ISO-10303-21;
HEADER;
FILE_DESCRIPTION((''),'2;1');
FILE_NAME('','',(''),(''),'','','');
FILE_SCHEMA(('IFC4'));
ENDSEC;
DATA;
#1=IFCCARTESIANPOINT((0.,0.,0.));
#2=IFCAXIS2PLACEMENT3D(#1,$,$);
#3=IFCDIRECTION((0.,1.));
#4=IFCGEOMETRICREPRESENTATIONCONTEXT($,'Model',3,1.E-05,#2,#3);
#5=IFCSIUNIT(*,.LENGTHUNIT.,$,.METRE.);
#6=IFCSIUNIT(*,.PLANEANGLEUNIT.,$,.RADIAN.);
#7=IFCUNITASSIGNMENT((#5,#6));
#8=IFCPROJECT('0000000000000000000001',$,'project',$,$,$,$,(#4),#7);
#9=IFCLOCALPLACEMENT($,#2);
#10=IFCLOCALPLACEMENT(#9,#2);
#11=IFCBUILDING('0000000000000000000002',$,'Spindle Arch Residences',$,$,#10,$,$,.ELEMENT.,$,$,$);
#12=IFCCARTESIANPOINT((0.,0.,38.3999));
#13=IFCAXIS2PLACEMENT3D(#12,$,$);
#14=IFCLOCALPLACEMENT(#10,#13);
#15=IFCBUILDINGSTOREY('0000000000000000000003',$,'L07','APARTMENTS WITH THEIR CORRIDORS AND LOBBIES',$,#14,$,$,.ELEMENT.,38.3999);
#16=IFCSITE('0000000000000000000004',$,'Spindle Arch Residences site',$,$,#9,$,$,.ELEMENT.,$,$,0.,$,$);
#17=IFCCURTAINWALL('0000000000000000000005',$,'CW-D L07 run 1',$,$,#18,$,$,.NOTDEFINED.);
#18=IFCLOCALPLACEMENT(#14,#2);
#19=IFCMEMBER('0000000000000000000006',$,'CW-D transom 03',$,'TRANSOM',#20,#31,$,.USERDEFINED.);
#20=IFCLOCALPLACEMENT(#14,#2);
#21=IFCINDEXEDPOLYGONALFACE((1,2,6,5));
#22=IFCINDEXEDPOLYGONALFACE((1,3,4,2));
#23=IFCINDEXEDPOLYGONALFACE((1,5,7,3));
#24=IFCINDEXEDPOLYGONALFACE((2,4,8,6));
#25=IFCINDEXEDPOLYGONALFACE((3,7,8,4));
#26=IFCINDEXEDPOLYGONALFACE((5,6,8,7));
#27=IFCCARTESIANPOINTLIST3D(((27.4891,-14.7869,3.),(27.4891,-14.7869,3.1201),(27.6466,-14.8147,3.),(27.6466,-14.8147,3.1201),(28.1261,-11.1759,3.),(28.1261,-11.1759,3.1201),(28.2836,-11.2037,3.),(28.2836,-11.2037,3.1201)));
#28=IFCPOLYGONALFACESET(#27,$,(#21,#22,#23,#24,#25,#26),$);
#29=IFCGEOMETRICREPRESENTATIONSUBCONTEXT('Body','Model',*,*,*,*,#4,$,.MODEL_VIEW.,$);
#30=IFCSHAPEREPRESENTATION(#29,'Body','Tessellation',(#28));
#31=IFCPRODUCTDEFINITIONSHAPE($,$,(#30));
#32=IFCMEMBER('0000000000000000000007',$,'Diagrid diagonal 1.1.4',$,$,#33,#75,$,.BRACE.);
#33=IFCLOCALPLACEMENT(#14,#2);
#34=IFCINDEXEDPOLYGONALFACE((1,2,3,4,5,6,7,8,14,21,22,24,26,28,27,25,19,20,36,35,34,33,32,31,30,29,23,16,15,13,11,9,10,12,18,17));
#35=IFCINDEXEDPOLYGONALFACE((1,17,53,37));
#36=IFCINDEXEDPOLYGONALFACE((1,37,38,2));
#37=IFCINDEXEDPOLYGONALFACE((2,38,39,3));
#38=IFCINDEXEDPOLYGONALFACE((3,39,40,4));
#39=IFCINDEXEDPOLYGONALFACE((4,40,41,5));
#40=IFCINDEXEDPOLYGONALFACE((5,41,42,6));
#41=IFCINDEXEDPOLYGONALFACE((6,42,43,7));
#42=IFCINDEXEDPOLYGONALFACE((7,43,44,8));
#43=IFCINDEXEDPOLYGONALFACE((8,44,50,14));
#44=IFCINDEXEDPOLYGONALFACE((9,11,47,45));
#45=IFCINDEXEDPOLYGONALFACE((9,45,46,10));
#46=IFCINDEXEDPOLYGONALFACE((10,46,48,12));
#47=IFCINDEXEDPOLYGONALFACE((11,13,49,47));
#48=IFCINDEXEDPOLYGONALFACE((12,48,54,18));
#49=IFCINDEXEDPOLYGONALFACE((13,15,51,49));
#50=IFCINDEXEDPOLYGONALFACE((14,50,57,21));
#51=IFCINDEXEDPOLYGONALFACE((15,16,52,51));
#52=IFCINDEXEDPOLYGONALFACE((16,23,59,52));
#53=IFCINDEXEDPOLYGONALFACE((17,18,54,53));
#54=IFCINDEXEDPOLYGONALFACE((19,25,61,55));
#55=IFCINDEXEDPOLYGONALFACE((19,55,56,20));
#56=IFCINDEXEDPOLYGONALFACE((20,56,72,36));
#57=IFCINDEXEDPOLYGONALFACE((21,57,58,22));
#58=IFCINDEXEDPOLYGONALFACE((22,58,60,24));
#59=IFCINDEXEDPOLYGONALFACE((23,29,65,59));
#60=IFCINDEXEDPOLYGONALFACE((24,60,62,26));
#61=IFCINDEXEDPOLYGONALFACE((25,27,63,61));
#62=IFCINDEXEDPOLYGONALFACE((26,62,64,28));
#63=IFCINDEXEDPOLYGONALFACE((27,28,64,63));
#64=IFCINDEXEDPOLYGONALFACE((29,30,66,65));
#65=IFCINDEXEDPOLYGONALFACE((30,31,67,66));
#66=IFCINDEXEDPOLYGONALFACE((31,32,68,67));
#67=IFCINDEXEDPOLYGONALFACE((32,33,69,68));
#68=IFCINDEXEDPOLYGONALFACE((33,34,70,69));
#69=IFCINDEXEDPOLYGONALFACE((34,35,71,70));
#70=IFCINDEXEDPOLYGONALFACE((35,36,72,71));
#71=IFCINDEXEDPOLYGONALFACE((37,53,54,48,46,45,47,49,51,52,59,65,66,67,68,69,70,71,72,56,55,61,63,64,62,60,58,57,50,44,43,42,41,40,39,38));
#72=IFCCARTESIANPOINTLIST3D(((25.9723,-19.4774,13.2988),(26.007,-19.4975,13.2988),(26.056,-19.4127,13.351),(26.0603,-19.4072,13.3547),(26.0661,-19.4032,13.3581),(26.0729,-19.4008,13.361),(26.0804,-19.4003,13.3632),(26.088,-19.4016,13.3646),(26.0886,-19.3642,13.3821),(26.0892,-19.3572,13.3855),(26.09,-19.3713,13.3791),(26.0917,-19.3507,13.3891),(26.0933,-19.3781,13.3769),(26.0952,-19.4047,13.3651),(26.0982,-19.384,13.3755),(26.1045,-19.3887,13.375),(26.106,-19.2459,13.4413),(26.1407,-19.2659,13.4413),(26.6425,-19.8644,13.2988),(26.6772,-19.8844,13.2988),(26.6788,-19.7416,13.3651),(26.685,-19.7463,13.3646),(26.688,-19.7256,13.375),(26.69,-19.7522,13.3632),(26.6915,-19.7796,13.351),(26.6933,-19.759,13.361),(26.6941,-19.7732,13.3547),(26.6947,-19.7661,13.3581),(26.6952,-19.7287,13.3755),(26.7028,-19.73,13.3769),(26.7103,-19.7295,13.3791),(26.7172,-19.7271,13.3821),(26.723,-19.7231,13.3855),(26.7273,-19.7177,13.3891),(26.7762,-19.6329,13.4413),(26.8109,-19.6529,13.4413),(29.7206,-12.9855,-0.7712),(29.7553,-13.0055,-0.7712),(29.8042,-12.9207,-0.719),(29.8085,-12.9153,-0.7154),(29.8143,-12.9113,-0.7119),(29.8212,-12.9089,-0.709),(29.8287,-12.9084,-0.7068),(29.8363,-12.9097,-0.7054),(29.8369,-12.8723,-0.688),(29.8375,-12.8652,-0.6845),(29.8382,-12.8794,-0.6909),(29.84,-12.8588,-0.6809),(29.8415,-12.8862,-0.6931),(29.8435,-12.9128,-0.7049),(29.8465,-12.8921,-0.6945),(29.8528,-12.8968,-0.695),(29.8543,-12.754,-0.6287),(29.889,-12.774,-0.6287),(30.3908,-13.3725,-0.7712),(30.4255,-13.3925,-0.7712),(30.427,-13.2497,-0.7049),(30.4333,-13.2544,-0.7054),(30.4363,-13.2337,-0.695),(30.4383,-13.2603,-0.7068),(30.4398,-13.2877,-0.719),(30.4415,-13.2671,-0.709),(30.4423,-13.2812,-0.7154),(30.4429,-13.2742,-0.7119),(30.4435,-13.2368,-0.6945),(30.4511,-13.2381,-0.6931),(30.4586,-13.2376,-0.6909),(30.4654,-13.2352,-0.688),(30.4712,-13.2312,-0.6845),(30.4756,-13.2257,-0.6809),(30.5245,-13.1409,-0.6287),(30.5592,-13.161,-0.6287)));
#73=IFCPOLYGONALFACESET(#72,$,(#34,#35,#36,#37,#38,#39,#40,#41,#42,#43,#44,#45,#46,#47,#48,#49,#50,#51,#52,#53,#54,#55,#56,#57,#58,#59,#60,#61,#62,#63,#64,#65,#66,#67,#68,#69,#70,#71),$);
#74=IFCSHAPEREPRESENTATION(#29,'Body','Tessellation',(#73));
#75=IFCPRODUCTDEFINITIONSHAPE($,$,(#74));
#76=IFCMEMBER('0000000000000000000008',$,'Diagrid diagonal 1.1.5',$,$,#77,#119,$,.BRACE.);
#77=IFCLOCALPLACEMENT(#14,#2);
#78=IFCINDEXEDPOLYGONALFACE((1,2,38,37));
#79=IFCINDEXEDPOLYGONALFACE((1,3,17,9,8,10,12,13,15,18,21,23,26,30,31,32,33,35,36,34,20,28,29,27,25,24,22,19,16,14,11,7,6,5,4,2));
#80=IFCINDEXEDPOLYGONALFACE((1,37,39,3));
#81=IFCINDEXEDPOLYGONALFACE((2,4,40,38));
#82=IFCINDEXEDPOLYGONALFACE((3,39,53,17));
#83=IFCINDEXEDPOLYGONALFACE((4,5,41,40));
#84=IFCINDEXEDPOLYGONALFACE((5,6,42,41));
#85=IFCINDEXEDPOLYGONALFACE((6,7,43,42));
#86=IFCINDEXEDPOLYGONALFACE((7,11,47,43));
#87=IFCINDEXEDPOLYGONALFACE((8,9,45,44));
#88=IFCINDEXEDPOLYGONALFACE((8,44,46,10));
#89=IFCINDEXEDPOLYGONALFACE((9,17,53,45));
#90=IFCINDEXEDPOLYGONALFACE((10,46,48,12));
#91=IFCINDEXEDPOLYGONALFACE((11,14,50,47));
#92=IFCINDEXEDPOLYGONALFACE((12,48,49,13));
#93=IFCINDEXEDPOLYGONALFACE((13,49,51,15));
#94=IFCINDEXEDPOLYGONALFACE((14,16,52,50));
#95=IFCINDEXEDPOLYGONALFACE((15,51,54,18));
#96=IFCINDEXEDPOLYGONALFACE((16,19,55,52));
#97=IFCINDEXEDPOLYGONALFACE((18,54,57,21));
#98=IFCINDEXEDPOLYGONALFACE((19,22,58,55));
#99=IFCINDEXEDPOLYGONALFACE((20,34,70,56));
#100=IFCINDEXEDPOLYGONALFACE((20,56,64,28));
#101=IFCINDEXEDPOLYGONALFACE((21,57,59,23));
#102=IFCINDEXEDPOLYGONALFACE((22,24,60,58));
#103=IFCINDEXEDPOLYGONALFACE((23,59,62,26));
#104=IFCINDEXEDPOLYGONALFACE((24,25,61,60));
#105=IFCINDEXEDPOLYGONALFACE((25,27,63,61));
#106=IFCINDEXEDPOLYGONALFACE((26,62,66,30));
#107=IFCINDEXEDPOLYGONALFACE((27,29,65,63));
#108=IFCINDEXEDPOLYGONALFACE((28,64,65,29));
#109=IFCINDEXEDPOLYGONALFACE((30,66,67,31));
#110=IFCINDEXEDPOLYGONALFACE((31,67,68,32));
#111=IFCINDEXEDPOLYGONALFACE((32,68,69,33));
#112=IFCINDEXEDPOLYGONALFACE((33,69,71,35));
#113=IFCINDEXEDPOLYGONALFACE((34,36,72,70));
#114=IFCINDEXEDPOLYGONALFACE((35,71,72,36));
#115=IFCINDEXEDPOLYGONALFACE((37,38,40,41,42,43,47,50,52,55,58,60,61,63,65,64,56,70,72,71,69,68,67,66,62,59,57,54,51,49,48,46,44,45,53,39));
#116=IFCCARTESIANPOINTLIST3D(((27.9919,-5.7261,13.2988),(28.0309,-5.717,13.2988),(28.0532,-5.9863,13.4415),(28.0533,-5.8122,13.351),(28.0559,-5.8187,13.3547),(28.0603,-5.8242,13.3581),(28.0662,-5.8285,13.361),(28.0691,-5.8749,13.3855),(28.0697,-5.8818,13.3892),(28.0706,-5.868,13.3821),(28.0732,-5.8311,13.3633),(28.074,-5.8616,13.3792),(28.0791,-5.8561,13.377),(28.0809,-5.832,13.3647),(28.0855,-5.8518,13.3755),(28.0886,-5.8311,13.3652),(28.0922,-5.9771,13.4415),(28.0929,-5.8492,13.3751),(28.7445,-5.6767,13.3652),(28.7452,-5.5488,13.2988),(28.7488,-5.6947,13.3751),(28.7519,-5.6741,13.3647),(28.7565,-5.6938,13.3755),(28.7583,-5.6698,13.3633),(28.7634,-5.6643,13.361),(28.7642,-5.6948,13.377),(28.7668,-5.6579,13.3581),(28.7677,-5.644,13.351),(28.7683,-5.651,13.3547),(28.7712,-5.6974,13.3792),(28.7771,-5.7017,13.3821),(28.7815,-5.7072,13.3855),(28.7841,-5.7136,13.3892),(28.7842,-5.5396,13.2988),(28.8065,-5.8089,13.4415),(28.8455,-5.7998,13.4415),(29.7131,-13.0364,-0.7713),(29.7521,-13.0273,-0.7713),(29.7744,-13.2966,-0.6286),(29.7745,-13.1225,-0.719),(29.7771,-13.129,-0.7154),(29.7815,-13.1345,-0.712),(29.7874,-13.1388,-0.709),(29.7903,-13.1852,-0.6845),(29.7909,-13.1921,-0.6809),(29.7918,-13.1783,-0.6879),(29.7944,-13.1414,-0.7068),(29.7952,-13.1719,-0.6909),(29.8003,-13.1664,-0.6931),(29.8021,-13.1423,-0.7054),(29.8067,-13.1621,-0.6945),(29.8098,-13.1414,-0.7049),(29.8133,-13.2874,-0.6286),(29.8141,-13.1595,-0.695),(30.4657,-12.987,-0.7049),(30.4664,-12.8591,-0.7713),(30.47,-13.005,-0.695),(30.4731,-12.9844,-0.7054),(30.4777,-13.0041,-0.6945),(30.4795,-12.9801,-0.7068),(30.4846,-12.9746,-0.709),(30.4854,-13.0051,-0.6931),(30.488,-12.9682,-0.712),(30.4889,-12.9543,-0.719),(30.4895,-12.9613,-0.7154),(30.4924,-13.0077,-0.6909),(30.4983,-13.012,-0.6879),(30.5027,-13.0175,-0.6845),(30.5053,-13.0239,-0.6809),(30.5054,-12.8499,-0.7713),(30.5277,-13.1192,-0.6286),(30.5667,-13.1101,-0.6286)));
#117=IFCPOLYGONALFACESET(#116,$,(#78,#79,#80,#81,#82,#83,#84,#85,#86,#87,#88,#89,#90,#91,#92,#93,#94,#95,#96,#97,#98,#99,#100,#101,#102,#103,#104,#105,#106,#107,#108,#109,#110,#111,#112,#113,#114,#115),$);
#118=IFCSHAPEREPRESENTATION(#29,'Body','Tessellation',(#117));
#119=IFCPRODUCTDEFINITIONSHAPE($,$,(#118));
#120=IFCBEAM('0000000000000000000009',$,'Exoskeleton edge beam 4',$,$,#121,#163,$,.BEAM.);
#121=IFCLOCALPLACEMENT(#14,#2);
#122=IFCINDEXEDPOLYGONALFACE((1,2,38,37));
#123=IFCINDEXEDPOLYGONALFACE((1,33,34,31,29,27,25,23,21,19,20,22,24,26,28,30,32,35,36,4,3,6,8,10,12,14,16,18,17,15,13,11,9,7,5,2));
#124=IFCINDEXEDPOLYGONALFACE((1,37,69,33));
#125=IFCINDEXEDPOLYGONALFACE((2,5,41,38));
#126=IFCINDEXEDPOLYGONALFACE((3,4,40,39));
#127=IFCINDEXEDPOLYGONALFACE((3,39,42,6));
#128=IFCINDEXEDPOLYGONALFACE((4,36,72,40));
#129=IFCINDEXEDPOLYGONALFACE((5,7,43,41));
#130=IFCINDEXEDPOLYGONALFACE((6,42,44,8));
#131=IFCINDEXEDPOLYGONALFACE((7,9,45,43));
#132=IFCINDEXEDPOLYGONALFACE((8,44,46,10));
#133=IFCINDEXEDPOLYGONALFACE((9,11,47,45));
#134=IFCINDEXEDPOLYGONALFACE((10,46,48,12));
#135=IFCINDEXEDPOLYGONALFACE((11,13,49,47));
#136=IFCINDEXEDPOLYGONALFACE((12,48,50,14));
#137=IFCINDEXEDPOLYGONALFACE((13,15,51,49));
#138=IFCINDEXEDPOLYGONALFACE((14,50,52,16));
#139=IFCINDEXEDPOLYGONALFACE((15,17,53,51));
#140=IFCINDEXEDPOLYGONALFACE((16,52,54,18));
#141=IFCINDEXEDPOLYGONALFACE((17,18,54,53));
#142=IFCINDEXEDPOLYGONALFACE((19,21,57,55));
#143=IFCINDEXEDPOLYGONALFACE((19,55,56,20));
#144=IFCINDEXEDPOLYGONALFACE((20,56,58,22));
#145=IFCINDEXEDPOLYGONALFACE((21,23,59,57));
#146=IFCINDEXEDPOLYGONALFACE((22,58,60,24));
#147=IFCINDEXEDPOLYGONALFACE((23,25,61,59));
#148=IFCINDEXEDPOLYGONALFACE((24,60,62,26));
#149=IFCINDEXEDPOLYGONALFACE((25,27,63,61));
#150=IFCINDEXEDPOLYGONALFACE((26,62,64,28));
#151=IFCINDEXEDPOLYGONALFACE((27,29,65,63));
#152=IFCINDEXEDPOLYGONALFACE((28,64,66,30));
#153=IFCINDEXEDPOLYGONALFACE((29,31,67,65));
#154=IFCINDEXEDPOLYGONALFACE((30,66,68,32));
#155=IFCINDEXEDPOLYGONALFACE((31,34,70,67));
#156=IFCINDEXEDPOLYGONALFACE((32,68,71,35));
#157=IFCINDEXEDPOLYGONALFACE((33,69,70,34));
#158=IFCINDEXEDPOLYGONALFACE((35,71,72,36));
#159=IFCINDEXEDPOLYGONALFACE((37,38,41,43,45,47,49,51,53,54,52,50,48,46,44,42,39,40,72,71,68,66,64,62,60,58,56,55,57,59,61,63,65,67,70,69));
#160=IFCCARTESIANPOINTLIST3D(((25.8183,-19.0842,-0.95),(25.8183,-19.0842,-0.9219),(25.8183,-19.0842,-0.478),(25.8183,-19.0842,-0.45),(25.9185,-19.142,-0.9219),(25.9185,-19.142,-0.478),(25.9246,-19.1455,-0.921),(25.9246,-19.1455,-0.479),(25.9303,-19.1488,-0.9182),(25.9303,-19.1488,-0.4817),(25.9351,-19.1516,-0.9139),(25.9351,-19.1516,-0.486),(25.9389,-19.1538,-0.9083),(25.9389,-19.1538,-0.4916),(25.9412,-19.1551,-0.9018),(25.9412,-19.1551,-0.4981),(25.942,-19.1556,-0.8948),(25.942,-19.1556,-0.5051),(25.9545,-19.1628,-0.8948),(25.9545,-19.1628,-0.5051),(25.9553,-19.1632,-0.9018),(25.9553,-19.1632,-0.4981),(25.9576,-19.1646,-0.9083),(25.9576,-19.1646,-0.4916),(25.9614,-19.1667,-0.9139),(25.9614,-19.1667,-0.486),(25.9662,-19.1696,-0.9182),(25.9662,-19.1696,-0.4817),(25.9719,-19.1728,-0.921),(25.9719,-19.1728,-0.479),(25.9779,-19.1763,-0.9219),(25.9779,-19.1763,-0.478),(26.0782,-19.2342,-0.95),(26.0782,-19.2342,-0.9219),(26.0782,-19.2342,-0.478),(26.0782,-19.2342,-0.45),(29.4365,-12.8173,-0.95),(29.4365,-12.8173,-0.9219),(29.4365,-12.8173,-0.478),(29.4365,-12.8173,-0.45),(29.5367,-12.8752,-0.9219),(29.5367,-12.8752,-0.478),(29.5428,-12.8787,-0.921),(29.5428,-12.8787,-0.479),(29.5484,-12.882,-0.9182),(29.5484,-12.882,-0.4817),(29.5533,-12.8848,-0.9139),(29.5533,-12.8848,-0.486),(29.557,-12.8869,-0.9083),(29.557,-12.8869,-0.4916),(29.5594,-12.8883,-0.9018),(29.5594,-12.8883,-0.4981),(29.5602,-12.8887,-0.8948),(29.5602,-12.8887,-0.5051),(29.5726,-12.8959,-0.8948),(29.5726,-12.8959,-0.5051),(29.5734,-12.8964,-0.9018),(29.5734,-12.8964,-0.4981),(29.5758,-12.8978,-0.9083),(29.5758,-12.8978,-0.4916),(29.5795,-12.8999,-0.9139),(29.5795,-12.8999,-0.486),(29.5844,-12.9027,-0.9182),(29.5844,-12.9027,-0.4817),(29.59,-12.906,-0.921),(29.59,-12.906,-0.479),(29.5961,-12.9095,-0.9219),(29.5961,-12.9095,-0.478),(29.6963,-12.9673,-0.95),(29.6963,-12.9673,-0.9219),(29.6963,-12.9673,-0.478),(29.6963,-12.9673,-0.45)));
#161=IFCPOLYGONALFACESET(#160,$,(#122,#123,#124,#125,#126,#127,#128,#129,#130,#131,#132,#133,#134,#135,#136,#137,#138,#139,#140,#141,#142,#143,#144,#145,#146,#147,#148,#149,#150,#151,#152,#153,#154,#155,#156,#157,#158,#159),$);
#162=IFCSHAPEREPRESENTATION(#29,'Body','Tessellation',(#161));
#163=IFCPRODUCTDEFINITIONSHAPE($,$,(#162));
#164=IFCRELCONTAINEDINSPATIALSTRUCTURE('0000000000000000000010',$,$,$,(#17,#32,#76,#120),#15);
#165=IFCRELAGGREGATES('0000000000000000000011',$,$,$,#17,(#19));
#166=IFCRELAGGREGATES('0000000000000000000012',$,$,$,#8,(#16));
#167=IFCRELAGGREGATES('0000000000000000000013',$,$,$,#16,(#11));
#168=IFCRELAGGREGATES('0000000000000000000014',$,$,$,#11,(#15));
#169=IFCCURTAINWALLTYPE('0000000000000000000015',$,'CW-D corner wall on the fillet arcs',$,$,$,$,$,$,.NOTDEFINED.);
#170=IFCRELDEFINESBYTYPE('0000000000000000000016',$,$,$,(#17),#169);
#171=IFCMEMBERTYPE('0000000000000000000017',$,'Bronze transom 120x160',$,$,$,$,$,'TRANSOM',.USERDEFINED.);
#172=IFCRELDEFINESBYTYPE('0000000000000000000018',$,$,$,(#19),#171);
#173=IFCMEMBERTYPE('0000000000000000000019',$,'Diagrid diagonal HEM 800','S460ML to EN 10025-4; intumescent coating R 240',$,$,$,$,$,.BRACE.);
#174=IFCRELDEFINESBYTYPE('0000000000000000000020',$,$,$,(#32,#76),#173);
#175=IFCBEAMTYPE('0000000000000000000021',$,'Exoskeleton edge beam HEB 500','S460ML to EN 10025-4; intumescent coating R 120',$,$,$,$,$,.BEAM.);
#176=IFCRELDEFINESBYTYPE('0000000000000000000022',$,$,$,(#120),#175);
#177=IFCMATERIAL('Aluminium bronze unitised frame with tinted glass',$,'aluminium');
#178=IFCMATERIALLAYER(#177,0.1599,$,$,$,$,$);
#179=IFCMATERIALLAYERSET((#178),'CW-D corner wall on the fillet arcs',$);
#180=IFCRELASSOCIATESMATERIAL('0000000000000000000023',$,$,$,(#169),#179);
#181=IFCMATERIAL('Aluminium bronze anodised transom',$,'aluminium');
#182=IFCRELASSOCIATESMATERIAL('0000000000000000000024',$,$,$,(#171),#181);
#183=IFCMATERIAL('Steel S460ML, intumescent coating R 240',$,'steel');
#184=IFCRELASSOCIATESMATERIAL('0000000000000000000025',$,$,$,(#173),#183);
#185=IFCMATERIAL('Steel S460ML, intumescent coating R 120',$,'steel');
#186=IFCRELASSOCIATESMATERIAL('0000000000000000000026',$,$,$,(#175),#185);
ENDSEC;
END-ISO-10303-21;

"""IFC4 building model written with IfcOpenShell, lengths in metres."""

from ifc_helpers import new_model, si_unit, direction, frame, origin, origin_2d, place, context, subcontext, project, spatial, rectangle, i_section, extrude, material, layer, layer_set, material_profile, profile_set, type_object, element, aggregate, save


model = new_model("IFC4")

# Units and contexts
model_context = context("Model", 3, precision=1e-05, world=origin(), true_north=direction((0.0, 1.0)))
body_context = subcontext(model_context, "Body", "Model", "MODEL_VIEW")
ifc_project = project(units=[si_unit("LENGTHUNIT", "METRE"), si_unit("PLANEANGLEUNIT", "RADIAN")], contexts=[model_context])

# Site, building, storey
site_placement = place(None, origin())
site = spatial("IfcSite", under=ifc_project, at=site_placement, Name="Spindle Arch Residences site", CompositionType="ELEMENT", RefElevation=0.0)
building_placement = place(site_placement, origin())
building = spatial("IfcBuilding", under=site, at=building_placement, Name="Spindle Arch Residences", CompositionType="ELEMENT")
storey_placement = place(building_placement, frame((0.0, 0.0, 38.3999)))
storey = spatial("IfcBuildingStorey", under=building, at=storey_placement, Name="L07", Description="APARTMENTS WITH THEIR CORRIDORS AND LOBBIES", CompositionType="ELEMENT", Elevation=38.3999)

# Curtain wall, member
ifc_material_1 = material(Name="Aluminium bronze unitised frame with tinted glass", Category="aluminium")
ifc_layer_1 = layer(ifc_material_1, 0.1599)
ifc_layer_set_1 = layer_set([ifc_layer_1], Name="CW-D corner wall on the fillet arcs")
curtain_wall_type = type_object("IfcCurtainWallType", Name="CW-D corner wall on the fillet arcs", PredefinedType="NOTDEFINED", material=ifc_layer_set_1)
curtain_wall_placement = place(storey_placement, origin())
curtain_wall = element("IfcCurtainWall", 1, at=curtain_wall_placement, inside=storey, type_object=curtain_wall_type, Name="CW-D L07 run 1", PredefinedType="NOTDEFINED")
ifc_material_2 = material(Name="Aluminium bronze anodised transom", Category="aluminium")
ifc_material_profile_1 = material_profile(ifc_material_2, rectangle(XDim=0.1599, YDim=0.1201, at=origin_2d()), Name="TR 120x160")
ifc_profile_set_1 = profile_set([ifc_material_profile_1], Name="Aluminium bronze anodised transom")
member_type_1 = type_object("IfcMemberType", Name="Bronze transom 120x160", ElementType="TRANSOM", PredefinedType="USERDEFINED", material=ifc_profile_set_1)
member_1_placement = place(storey_placement, frame((27.5679, -14.8008, 3.0601), z_axis=(0.173709, 0.984797, 0.0), x_axis=(-0.984797, 0.173709, 0.0)))
member_1 = element("IfcMember", 2, at=member_1_placement, type_object=member_type_1, Name="CW-D transom 03", ObjectType="TRANSOM", PredefinedType="USERDEFINED", context=body_context, shape_type="SweptSolid", body=[
    extrude(rectangle(XDim=0.1599, YDim=0.1201, at=origin_2d()), origin(), (0.0, 0.0, 1.0), 3.6667),
])

# Members
ifc_material_3 = material(Name="Steel S460ML, intumescent coating R 240", Category="steel")
ifc_material_profile_2 = material_profile(ifc_material_3, i_section(OverallWidth=0.303, OverallDepth=0.814, WebThickness=0.021, FlangeThickness=0.04, FilletRadius=0.03, at=origin_2d()), Name="HEM 800")
ifc_profile_set_2 = profile_set([ifc_material_profile_2], Name="Steel S460ML, intumescent coating R 240")
member_type_2 = type_object("IfcMemberType", Name="Diagrid diagonal HEM 800", Description="S460ML to EN 10025-4; intumescent coating R 240", PredefinedType="BRACE", material=ifc_profile_set_2)
member_2_placement = place(storey_placement, frame((30.1399, -13.0732, -0.7), z_axis=(-0.235114, -0.407211, 0.882553), x_axis=(0.441291, 0.764305, 0.470212)))
element("IfcMember", 3, at=member_2_placement, inside=storey, type_object=member_type_2, Name="Diagrid diagonal 1.1.4", PredefinedType="BRACE", context=body_context, shape_type="SweptSolid", body=[
    extrude(i_section(OverallWidth=0.303, OverallDepth=0.814, WebThickness=0.021, FlangeThickness=0.04, FilletRadius=0.03, at=origin_2d()), origin(), (0.0, 0.0, 1.0), 15.9424),
])
member_3_placement = place(storey_placement, frame((30.1399, -13.0732, -0.7), z_axis=(-0.107919, 0.458356, 0.882193), x_axis=(0.202181, -0.858712, 0.470889)))
element("IfcMember", 4, at=member_3_placement, inside=storey, type_object=member_type_2, Name="Diagrid diagonal 1.1.5", PredefinedType="BRACE", context=body_context, shape_type="SweptSolid", body=[
    extrude(i_section(OverallWidth=0.303, OverallDepth=0.814, WebThickness=0.021, FlangeThickness=0.04, FilletRadius=0.03, at=origin_2d()), origin(), (0.0, 0.0, 1.0), 15.949),
])

# Beam
ifc_material_4 = material(Name="Steel S460ML, intumescent coating R 120", Category="steel")
ifc_material_profile_3 = material_profile(ifc_material_4, i_section(OverallWidth=0.3, OverallDepth=0.5, WebThickness=0.0144, FlangeThickness=0.0281, FilletRadius=0.0271, at=origin_2d()), Name="HEB 500")
ifc_profile_set_3 = profile_set([ifc_material_profile_3], Name="Steel S460ML, intumescent coating R 120")
beam_type_1 = type_object("IfcBeamType", Name="Exoskeleton edge beam HEB 500", Description="S460ML to EN 10025-4; intumescent coating R 120", PredefinedType="BEAM", material=ifc_profile_set_3)
beam_1_placement = place(storey_placement, frame((25.9482, -19.1592, -0.7), z_axis=(0.5, 0.866025, 0.0), x_axis=(-0.866025, 0.5, 0.0)))
element("IfcBeam", 5, at=beam_1_placement, inside=storey, type_object=beam_type_1, Name="Exoskeleton edge beam 4", PredefinedType="BEAM", context=body_context, shape_type="SweptSolid", body=[
    extrude(i_section(OverallWidth=0.3, OverallDepth=0.5, WebThickness=0.0144, FlangeThickness=0.0281, FilletRadius=0.0271, at=origin_2d()), origin(), (0.0, 0.0, 1.0), 7.2363),
])

aggregate(curtain_wall, [member_1])

save(model, "model.ifc")
